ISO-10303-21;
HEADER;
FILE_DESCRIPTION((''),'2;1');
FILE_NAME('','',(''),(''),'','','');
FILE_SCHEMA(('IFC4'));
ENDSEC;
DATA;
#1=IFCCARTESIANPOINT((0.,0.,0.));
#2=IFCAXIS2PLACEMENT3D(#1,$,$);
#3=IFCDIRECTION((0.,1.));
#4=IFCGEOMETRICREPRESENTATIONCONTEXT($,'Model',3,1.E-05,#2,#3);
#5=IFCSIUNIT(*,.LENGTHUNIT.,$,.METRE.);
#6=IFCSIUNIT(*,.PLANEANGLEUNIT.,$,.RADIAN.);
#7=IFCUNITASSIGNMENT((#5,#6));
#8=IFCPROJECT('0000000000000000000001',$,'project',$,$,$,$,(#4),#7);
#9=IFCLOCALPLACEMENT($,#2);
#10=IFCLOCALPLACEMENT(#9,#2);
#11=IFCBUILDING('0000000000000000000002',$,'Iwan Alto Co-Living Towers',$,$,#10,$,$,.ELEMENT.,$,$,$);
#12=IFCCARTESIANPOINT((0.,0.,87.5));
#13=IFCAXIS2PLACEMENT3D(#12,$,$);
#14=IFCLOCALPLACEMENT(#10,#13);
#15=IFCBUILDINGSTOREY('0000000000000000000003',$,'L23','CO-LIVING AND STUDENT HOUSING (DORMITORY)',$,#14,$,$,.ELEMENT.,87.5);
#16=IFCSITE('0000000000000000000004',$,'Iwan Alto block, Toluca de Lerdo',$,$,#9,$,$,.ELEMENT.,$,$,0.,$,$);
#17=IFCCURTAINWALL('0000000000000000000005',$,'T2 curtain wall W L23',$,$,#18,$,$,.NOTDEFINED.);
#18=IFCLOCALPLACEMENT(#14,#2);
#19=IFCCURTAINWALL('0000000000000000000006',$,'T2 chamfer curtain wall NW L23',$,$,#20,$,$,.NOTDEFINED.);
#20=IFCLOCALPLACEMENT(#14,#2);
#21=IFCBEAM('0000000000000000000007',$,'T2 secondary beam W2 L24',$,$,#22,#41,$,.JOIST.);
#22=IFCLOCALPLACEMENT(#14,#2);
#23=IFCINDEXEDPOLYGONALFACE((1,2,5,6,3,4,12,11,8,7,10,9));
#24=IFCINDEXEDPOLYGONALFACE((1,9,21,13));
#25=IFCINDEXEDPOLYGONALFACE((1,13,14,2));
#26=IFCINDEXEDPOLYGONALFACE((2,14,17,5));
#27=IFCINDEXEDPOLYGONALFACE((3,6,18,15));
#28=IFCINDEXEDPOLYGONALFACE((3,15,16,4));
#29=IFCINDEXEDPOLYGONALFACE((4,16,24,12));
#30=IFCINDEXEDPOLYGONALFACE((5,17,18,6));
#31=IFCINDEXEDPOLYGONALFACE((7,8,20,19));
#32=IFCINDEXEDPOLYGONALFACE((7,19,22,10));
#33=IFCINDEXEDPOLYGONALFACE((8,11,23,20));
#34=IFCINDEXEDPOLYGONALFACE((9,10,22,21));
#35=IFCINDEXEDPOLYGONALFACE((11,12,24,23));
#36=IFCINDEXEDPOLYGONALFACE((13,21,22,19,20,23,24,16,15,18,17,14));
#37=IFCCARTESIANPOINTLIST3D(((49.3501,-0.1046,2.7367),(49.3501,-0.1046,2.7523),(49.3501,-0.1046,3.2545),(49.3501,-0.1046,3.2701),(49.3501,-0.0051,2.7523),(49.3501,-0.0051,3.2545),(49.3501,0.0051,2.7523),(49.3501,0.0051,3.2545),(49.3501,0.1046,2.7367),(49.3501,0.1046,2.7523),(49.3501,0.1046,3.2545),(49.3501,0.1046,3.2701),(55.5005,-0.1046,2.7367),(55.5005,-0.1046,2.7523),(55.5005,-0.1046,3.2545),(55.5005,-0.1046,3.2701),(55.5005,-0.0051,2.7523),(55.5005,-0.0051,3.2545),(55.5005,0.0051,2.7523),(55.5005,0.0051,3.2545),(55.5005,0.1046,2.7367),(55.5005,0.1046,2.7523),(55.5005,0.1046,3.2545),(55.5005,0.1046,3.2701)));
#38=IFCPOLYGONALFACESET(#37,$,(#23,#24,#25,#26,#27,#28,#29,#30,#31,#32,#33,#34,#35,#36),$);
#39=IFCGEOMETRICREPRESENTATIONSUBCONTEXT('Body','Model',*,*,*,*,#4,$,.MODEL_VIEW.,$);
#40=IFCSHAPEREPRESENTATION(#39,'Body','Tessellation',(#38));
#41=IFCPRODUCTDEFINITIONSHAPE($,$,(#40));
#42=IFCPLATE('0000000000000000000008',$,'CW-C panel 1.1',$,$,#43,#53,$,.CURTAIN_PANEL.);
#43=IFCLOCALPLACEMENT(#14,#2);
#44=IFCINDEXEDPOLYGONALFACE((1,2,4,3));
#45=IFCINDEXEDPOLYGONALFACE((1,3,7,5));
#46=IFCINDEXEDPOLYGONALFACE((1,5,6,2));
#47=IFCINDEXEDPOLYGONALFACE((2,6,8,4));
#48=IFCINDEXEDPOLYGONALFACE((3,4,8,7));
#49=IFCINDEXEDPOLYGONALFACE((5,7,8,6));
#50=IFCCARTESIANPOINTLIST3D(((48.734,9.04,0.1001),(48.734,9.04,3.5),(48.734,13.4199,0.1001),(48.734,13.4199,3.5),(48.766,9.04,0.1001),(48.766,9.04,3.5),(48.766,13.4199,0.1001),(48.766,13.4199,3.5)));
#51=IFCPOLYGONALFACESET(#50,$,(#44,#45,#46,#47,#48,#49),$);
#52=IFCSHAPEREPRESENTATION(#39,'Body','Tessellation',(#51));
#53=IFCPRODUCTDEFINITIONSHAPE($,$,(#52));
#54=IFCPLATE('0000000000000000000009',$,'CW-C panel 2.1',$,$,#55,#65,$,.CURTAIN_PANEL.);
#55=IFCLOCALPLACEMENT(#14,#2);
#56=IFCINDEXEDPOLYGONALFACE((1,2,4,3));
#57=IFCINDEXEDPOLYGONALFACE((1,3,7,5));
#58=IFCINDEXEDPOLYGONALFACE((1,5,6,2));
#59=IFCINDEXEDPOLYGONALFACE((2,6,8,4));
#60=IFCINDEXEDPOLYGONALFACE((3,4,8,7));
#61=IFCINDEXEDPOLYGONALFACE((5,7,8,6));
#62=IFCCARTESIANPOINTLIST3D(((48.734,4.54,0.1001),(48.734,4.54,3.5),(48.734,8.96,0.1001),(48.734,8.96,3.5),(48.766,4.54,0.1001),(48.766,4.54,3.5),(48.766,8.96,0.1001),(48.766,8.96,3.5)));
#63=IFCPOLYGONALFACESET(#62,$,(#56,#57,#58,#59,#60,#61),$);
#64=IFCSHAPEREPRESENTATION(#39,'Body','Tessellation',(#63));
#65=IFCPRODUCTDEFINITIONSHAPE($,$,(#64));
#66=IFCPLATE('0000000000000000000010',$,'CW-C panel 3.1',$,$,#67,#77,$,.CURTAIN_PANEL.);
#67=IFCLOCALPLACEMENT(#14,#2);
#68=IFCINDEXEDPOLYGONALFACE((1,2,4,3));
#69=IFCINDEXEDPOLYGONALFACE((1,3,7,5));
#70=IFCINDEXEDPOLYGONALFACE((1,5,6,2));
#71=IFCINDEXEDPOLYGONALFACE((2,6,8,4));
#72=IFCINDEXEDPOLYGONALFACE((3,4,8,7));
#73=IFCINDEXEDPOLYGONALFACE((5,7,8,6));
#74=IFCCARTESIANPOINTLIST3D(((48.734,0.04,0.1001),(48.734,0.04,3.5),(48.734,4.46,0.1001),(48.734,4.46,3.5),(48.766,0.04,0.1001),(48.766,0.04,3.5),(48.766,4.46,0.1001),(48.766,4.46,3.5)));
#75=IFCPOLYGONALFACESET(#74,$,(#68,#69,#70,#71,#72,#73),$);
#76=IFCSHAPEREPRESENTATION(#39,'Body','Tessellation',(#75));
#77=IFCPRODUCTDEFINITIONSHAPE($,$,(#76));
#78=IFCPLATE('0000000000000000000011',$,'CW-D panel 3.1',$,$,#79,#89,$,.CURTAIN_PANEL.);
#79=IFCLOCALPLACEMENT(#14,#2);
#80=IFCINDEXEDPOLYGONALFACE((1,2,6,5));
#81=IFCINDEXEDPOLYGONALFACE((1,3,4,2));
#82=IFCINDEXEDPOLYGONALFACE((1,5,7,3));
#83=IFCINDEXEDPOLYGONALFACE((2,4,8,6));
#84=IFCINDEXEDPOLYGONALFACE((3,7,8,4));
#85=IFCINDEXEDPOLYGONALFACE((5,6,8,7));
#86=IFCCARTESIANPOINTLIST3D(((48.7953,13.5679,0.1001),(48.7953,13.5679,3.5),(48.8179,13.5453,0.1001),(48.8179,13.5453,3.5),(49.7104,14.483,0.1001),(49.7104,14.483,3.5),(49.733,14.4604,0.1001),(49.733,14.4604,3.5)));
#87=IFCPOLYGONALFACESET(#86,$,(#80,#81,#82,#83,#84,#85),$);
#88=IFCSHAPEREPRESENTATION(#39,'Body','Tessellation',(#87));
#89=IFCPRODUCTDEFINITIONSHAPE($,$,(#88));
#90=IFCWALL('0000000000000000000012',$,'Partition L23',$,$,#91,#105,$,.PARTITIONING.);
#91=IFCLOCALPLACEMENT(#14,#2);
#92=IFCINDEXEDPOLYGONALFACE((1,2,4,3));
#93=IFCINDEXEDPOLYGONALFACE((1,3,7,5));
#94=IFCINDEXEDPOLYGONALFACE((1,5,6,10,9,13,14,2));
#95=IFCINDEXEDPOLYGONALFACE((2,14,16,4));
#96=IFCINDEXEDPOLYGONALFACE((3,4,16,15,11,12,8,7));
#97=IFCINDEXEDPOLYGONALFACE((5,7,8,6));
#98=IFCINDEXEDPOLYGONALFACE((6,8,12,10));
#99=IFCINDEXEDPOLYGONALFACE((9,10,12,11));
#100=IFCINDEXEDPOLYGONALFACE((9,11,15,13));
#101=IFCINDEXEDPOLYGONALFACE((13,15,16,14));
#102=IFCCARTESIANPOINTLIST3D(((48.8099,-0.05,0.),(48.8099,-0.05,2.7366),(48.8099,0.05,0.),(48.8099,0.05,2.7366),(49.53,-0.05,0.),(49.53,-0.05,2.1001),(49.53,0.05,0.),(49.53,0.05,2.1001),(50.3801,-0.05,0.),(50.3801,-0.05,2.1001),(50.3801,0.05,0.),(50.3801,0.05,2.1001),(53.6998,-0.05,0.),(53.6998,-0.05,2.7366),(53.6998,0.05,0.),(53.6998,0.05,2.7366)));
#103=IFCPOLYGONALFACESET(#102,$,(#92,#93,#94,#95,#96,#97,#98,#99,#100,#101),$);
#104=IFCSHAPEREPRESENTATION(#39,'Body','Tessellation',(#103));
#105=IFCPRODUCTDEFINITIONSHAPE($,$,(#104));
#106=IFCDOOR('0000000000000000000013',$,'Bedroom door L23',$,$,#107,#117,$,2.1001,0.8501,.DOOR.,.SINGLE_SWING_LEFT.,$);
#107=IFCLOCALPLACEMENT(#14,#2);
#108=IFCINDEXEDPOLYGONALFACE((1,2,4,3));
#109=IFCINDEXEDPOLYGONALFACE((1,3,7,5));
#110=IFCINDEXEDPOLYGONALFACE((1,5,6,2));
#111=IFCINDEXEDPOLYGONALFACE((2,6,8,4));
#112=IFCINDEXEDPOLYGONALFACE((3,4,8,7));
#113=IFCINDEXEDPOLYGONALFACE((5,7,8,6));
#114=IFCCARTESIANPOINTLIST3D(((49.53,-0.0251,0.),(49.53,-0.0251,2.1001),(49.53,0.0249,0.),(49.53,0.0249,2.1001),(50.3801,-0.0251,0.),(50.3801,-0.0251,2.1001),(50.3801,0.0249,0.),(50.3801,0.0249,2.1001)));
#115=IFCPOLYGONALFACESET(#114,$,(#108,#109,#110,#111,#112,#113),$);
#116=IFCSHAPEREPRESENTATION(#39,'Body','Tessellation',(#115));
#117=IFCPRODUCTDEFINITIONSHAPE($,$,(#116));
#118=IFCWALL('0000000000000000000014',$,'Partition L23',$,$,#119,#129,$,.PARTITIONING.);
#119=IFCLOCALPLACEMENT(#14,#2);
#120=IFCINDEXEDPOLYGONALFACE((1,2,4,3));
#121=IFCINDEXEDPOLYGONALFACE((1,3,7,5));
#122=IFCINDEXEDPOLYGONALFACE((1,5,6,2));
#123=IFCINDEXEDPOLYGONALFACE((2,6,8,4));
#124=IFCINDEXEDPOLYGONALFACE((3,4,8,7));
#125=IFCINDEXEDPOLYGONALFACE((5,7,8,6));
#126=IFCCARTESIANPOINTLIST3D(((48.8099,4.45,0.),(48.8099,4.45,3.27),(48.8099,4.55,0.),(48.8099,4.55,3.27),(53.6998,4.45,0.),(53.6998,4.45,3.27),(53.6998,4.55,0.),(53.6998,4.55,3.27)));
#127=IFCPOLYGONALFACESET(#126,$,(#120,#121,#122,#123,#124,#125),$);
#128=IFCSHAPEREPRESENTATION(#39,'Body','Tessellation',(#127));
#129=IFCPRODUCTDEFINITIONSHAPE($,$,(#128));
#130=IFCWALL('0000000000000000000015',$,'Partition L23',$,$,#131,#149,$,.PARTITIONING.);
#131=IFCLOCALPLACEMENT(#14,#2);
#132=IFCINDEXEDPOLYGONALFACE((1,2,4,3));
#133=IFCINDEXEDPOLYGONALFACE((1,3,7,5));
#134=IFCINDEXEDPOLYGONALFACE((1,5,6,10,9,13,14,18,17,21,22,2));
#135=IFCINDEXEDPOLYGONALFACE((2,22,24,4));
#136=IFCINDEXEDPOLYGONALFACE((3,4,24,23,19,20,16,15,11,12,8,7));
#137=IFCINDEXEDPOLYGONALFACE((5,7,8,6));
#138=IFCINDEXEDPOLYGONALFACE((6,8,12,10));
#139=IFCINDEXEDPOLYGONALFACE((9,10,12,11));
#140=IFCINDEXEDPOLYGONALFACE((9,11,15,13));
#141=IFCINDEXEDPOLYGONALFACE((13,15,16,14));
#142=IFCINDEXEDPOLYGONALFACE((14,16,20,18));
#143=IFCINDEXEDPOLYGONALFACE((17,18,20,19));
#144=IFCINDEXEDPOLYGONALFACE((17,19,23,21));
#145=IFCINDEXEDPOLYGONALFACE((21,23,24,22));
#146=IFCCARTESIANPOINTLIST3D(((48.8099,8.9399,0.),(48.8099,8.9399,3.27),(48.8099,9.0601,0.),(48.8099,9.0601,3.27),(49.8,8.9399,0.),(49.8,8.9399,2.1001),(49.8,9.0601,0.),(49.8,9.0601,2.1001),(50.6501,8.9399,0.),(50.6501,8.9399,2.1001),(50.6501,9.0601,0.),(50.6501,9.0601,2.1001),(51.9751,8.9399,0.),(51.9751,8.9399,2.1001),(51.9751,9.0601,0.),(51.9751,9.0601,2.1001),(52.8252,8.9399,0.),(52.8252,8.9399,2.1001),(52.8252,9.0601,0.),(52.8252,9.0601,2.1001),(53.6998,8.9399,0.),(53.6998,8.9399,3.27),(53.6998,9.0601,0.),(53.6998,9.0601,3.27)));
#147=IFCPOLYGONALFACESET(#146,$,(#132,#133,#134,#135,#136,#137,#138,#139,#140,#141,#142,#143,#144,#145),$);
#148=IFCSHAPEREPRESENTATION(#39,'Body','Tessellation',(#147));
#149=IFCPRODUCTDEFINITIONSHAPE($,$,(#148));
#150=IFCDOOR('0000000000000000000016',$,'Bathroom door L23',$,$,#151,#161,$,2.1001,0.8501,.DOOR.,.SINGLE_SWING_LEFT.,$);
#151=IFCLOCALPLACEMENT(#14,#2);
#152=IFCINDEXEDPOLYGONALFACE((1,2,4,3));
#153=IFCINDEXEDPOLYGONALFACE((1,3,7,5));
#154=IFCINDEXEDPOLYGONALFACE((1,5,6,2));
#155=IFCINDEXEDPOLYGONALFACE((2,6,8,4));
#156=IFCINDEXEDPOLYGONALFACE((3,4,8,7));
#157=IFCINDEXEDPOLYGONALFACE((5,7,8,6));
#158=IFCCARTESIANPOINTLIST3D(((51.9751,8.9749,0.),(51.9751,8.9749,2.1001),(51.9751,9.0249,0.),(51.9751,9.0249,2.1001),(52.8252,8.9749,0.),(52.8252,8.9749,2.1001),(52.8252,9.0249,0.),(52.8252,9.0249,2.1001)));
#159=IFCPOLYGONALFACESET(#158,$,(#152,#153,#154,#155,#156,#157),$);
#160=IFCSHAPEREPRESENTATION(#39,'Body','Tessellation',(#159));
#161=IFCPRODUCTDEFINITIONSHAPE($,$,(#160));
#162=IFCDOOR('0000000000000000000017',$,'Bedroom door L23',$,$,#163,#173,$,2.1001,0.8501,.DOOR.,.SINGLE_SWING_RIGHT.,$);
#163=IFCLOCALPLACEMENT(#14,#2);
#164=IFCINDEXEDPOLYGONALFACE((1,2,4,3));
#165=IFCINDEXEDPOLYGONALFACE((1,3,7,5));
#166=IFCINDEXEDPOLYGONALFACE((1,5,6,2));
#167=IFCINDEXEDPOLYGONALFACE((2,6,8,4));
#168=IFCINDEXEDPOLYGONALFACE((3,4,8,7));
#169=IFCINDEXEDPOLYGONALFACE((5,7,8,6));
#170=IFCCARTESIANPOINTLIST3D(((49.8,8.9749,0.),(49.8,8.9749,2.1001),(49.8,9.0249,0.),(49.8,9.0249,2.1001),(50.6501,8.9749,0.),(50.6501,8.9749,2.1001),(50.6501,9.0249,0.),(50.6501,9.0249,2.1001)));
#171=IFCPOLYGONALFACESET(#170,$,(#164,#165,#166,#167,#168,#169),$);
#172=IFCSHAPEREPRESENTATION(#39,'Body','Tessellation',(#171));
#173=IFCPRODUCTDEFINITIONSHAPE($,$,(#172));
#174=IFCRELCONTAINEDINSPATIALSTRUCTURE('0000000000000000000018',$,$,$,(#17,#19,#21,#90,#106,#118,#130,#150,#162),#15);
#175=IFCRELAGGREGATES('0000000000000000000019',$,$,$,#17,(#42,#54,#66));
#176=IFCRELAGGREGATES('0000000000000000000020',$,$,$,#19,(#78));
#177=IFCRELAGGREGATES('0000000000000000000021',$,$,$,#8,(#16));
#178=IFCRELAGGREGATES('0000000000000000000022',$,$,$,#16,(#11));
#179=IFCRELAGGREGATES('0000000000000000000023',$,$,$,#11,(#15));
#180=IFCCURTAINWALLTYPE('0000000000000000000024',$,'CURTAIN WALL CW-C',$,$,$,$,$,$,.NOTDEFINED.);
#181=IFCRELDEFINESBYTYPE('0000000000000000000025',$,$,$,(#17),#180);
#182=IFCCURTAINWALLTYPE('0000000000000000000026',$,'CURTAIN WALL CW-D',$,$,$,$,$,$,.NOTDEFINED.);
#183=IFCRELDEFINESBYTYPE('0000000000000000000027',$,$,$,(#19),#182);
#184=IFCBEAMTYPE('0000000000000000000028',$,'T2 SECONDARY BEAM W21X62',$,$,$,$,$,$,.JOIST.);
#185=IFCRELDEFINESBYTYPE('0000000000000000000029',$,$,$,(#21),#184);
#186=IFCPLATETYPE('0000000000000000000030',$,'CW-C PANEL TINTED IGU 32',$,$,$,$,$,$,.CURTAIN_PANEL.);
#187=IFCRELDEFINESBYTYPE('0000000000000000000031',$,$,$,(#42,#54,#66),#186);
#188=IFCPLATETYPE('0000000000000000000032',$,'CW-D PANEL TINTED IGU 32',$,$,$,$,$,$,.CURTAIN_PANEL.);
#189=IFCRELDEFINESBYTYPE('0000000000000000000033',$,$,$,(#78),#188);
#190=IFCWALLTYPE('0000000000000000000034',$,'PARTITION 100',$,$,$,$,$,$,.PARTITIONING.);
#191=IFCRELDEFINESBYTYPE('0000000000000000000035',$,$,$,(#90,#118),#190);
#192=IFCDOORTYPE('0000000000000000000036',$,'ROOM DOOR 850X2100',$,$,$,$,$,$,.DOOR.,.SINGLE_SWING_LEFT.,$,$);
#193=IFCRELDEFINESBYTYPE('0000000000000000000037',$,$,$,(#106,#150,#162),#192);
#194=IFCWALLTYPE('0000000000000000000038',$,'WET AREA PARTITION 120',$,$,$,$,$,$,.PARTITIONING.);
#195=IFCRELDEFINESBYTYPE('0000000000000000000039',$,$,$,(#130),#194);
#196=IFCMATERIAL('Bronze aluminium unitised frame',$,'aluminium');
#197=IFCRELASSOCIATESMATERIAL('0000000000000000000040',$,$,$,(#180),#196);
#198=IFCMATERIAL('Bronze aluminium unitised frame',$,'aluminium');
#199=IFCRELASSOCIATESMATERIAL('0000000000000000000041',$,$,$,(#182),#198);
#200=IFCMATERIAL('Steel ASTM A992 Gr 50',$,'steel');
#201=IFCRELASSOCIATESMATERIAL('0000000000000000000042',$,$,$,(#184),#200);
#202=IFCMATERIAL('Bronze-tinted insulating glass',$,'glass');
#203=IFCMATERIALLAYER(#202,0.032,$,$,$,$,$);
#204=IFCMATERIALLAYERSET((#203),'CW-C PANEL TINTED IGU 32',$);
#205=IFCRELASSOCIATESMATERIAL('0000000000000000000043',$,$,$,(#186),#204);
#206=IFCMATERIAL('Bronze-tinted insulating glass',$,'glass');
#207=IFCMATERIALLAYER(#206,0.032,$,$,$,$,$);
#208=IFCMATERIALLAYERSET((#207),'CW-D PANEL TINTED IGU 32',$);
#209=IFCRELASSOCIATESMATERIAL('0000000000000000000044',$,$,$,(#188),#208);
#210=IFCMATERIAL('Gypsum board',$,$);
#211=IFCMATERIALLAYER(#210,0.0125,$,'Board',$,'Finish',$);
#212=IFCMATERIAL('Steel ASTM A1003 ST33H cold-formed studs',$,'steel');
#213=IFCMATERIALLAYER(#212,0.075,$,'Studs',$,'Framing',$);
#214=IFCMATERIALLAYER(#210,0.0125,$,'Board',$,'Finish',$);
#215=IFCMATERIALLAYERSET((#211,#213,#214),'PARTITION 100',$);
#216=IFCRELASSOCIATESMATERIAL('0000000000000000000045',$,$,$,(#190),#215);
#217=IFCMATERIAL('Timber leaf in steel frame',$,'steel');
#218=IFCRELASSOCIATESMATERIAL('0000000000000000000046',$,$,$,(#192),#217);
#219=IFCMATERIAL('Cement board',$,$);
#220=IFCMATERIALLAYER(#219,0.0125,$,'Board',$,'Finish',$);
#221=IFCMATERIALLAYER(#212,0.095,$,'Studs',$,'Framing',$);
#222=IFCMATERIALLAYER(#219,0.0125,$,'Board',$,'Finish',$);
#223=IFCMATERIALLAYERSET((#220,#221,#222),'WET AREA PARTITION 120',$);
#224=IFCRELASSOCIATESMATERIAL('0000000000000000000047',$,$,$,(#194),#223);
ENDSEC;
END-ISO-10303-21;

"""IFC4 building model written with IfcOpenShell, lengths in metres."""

from ifc_helpers import new_model, si_unit, direction, frame, frame_2d, origin, origin_2d, place, context, subcontext, project, spatial, rectangle, i_section, extrude, material, layer, layer_set, material_profile, profile_set, type_object, element, fill, aggregate, save


model = new_model("IFC4")

# Units and contexts
model_context = context("Model", 3, precision=1e-05, world=origin(), true_north=direction((0.0, 1.0)))
body_context = subcontext(model_context, "Body", "Model", "MODEL_VIEW")
ifc_project = project(units=[si_unit("LENGTHUNIT", "METRE"), si_unit("PLANEANGLEUNIT", "RADIAN")], contexts=[model_context])

# Site, building, storey
site_placement = place(None, origin())
site = spatial("IfcSite", under=ifc_project, at=site_placement, Name="Iwan Alto block, Toluca de Lerdo", CompositionType="ELEMENT", RefElevation=0.0)
building_placement = place(site_placement, origin())
building = spatial("IfcBuilding", under=site, at=building_placement, Name="Iwan Alto Co-Living Towers", CompositionType="ELEMENT")
storey_placement = place(building_placement, frame((0.0, 0.0, 87.5)))
storey = spatial("IfcBuildingStorey", under=building, at=storey_placement, Name="L23", Description="CO-LIVING AND STUDENT HOUSING (DORMITORY)", CompositionType="ELEMENT", Elevation=87.5)

# Curtain wall
ifc_material_1 = material(Name="Bronze aluminium unitised frame", Category="aluminium")
curtain_wall_type_1 = type_object("IfcCurtainWallType", Name="CURTAIN WALL CW-C", PredefinedType="NOTDEFINED", material=ifc_material_1)
curtain_wall_1_placement = place(storey_placement, origin())
curtain_wall_1 = element("IfcCurtainWall", 1, at=curtain_wall_1_placement, inside=storey, type_object=curtain_wall_type_1, Name="T2 curtain wall W L23", PredefinedType="NOTDEFINED")

# Curtain wall
ifc_material_2 = material(Name="Bronze aluminium unitised frame", Category="aluminium")
curtain_wall_type_2 = type_object("IfcCurtainWallType", Name="CURTAIN WALL CW-D", PredefinedType="NOTDEFINED", material=ifc_material_2)
curtain_wall_2_placement = place(storey_placement, origin())
curtain_wall_2 = element("IfcCurtainWall", 2, at=curtain_wall_2_placement, inside=storey, type_object=curtain_wall_type_2, Name="T2 chamfer curtain wall NW L23", PredefinedType="NOTDEFINED")

# Beam
ifc_material_3 = material(Name="Steel ASTM A992 Gr 50", Category="steel")
ifc_material_profile_1 = material_profile(ifc_material_3, i_section(OverallWidth=0.2092, OverallDepth=0.5334, WebThickness=0.0103, FlangeThickness=0.0156, at=origin_2d()), Name="W21X62")
ifc_profile_set_1 = profile_set([ifc_material_profile_1], Name="Steel ASTM A992 Gr 50")
beam_type = type_object("IfcBeamType", Name="T2 SECONDARY BEAM W21X62", PredefinedType="JOIST", material=ifc_profile_set_1)
beam_placement = place(storey_placement, frame((49.3501, 0.0, 3.0034), z_axis=(1.0, 0.0, 0.0), x_axis=(0.0, 1.0, 0.0)))
element("IfcBeam", 3, at=beam_placement, inside=storey, type_object=beam_type, Name="T2 secondary beam W2 L24", PredefinedType="JOIST", context=body_context, shape_type="SweptSolid", body=[
    extrude(i_section(OverallWidth=0.2092, OverallDepth=0.5334, WebThickness=0.0103, FlangeThickness=0.0156, at=origin_2d()), origin(), (0.0, 0.0, 1.0), 6.1504),
])

# Plates
ifc_material_4 = material(Name="Bronze-tinted insulating glass", Category="glass")
ifc_layer_1 = layer(ifc_material_4, 0.032)
ifc_layer_set_1 = layer_set([ifc_layer_1], Name="CW-C PANEL TINTED IGU 32")
plate_type_1 = type_object("IfcPlateType", Name="CW-C PANEL TINTED IGU 32", PredefinedType="CURTAIN_PANEL", material=ifc_layer_set_1)
plate_1_placement = place(storey_placement, frame((48.75, 11.23, 0.1001), z_axis=(0.0, 0.0, 1.0), x_axis=(0.0, -1.0, 0.0)))
plate_1 = element("IfcPlate", 4, at=plate_1_placement, type_object=plate_type_1, Name="CW-C panel 1.1", PredefinedType="CURTAIN_PANEL", context=body_context, shape_type="SweptSolid", body=[
    extrude(rectangle(XDim=4.3799, YDim=0.032, at=origin_2d()), origin(), (0.0, 0.0, 1.0), 3.3999),
])
plate_2_placement = place(storey_placement, frame((48.75, 6.75, 0.1001), z_axis=(0.0, 0.0, 1.0), x_axis=(0.0, -1.0, 0.0)))
plate_2 = element("IfcPlate", 5, at=plate_2_placement, type_object=plate_type_1, Name="CW-C panel 2.1", PredefinedType="CURTAIN_PANEL", context=body_context, shape_type="SweptSolid", body=[
    extrude(rectangle(XDim=4.4199, YDim=0.032, at=origin_2d()), origin(), (0.0, 0.0, 1.0), 3.3999),
])
plate_3_placement = place(storey_placement, frame((48.75, 2.25, 0.1001), z_axis=(0.0, 0.0, 1.0), x_axis=(0.0, -1.0, 0.0)))
plate_3 = element("IfcPlate", 6, at=plate_3_placement, type_object=plate_type_1, Name="CW-C panel 3.1", PredefinedType="CURTAIN_PANEL", context=body_context, shape_type="SweptSolid", body=[
    extrude(rectangle(XDim=4.4199, YDim=0.032, at=origin_2d()), origin(), (0.0, 0.0, 1.0), 3.3999),
])
aggregate(curtain_wall_1, [plate_1, plate_2, plate_3])
ifc_material_5 = material(Name="Bronze-tinted insulating glass", Category="glass")
ifc_layer_2 = layer(ifc_material_5, 0.032)
ifc_layer_set_2 = layer_set([ifc_layer_2], Name="CW-D PANEL TINTED IGU 32")
plate_type_2 = type_object("IfcPlateType", Name="CW-D PANEL TINTED IGU 32", PredefinedType="CURTAIN_PANEL", material=ifc_layer_set_2)
plate_4_placement = place(storey_placement, frame((49.2642, 14.0142, 0.1001), z_axis=(0.0, 0.0, 1.0), x_axis=(-0.707107, -0.707107, 0.0)))
plate_4 = element("IfcPlate", 7, at=plate_4_placement, type_object=plate_type_2, Name="CW-D panel 3.1", PredefinedType="CURTAIN_PANEL", context=body_context, shape_type="SweptSolid", body=[
    extrude(rectangle(XDim=1.2942, YDim=0.032, at=origin_2d()), origin(), (0.0, 0.0, 1.0), 3.3999),
])
aggregate(curtain_wall_2, [plate_4])

# Wall, opening, door
ifc_material_6 = material(Name="Gypsum board")
ifc_layer_3 = layer(ifc_material_6, 0.0125, Name="Board", Category="Finish")
ifc_material_7 = material(Name="Steel ASTM A1003 ST33H cold-formed studs", Category="steel")
ifc_layer_4 = layer(ifc_material_7, 0.075, Name="Studs", Category="Framing")
ifc_layer_5 = layer(ifc_material_6, 0.0125, Name="Board", Category="Finish")
ifc_layer_set_3 = layer_set([ifc_layer_3, ifc_layer_4, ifc_layer_5], Name="PARTITION 100")
wall_type_1 = type_object("IfcWallType", Name="PARTITION 100", PredefinedType="PARTITIONING", material=ifc_layer_set_3)
wall_1_placement = place(storey_placement, frame((48.8101, 0.0, 0.0), z_axis=(0.0, 0.0, 1.0), x_axis=(1.0, 0.0, 0.0)))
wall_1 = element("IfcWall", 8, at=wall_1_placement, inside=storey, type_object=wall_type_1, Name="Partition L23", PredefinedType="PARTITIONING", context=body_context, shape_type="SweptSolid", body=[
    extrude(rectangle(XDim=4.8899, YDim=0.1001, at=frame_2d((2.4448, 0.0))), origin(), (0.0, 0.0, 1.0), 2.7366),
])
opening_1_placement = place(wall_1_placement, frame((0.72, 0.0, 0.0)))
opening_1 = element("IfcOpeningElement", 9, at=opening_1_placement, cuts=wall_1, PredefinedType="OPENING", context=body_context, shape_type="SweptSolid", body=[
    extrude(rectangle(XDim=0.8501, YDim=2.1001, at=frame_2d((0.425, 1.05))), frame((0.0, 0.0601, 0.0), z_axis=(0.0, -1.0, 0.0), x_axis=(1.0, 0.0, 0.0)), (0.0, 0.0, 1.0), 0.1201),
])
ifc_material_8 = material(Name="Timber leaf in steel frame", Category="steel")
door_type = type_object("IfcDoorType", Name="ROOM DOOR 850X2100", OperationType="SINGLE_SWING_LEFT", PredefinedType="DOOR", material=ifc_material_8)
door_1_placement = place(opening_1_placement, origin())
door_1 = element("IfcDoor", 10, at=door_1_placement, inside=storey, type_object=door_type, Name="Bedroom door L23", OperationType="SINGLE_SWING_LEFT", OverallHeight=2.1001, OverallWidth=0.8501, PredefinedType="DOOR", context=body_context, shape_type="SweptSolid", body=[
    extrude(rectangle(XDim=0.8501, YDim=2.1001, at=frame_2d((0.425, 1.05))), frame((0.0, 0.0249, 0.0), z_axis=(0.0, -1.0, 0.0), x_axis=(1.0, 0.0, 0.0)), (0.0, 0.0, 1.0), 0.05),
])
fill(opening_1, door_1)

# Wall
wall_2_placement = place(storey_placement, frame((48.8101, 4.5, 0.0), z_axis=(0.0, 0.0, 1.0), x_axis=(1.0, 0.0, 0.0)))
element("IfcWall", 11, at=wall_2_placement, inside=storey, type_object=wall_type_1, Name="Partition L23", PredefinedType="PARTITIONING", context=body_context, shape_type="SweptSolid", body=[
    extrude(rectangle(XDim=4.8899, YDim=0.1001, at=frame_2d((2.4448, 0.0))), origin(), (0.0, 0.0, 1.0), 3.27),
])

# Wall, openings, doors
ifc_material_9 = material(Name="Cement board")
ifc_layer_6 = layer(ifc_material_9, 0.0125, Name="Board", Category="Finish")
ifc_layer_7 = layer(ifc_material_7, 0.095, Name="Studs", Category="Framing")
ifc_layer_8 = layer(ifc_material_9, 0.0125, Name="Board", Category="Finish")
ifc_layer_set_4 = layer_set([ifc_layer_6, ifc_layer_7, ifc_layer_8], Name="WET AREA PARTITION 120")
wall_type_2 = type_object("IfcWallType", Name="WET AREA PARTITION 120", PredefinedType="PARTITIONING", material=ifc_layer_set_4)
wall_3_placement = place(storey_placement, frame((48.8101, 9.0, 0.0), z_axis=(0.0, 0.0, 1.0), x_axis=(1.0, 0.0, 0.0)))
wall_3 = element("IfcWall", 12, at=wall_3_placement, inside=storey, type_object=wall_type_2, Name="Partition L23", PredefinedType="PARTITIONING", context=body_context, shape_type="SweptSolid", body=[
    extrude(rectangle(XDim=4.8899, YDim=0.1201, at=frame_2d((2.4448, 0.0))), origin(), (0.0, 0.0, 1.0), 3.27),
])
opening_2_placement = place(wall_3_placement, frame((3.165, 0.0, 0.0)))
opening_2 = element("IfcOpeningElement", 13, at=opening_2_placement, cuts=wall_3, PredefinedType="OPENING", context=body_context, shape_type="SweptSolid", body=[
    extrude(rectangle(XDim=0.8501, YDim=2.1001, at=frame_2d((0.425, 1.05))), frame((0.0, 0.0701, 0.0), z_axis=(0.0, -1.0, 0.0), x_axis=(1.0, 0.0, 0.0)), (0.0, 0.0, 1.0), 0.1401),
])
opening_3_placement = place(wall_3_placement, frame((0.99, 0.0, 0.0)))
opening_3 = element("IfcOpeningElement", 14, at=opening_3_placement, cuts=wall_3, PredefinedType="OPENING", context=body_context, shape_type="SweptSolid", body=[
    extrude(rectangle(XDim=0.8501, YDim=2.1001, at=frame_2d((0.425, 1.05))), frame((0.0, 0.0701, 0.0), z_axis=(0.0, -1.0, 0.0), x_axis=(1.0, 0.0, 0.0)), (0.0, 0.0, 1.0), 0.1401),
])
door_2_placement = place(opening_2_placement, origin())
door_2 = element("IfcDoor", 15, at=door_2_placement, inside=storey, type_object=door_type, Name="Bathroom door L23", OperationType="SINGLE_SWING_LEFT", OverallHeight=2.1001, OverallWidth=0.8501, PredefinedType="DOOR", context=body_context, shape_type="SweptSolid", body=[
    extrude(rectangle(XDim=0.8501, YDim=2.1001, at=frame_2d((0.425, 1.05))), frame((0.0, 0.0249, 0.0), z_axis=(0.0, -1.0, 0.0), x_axis=(1.0, 0.0, 0.0)), (0.0, 0.0, 1.0), 0.05),
])
fill(opening_2, door_2)
door_3_placement = place(opening_3_placement, origin())
door_3 = element("IfcDoor", 16, at=door_3_placement, inside=storey, type_object=door_type, Name="Bedroom door L23", OperationType="SINGLE_SWING_RIGHT", OverallHeight=2.1001, OverallWidth=0.8501, PredefinedType="DOOR", context=body_context, shape_type="SweptSolid", body=[
    extrude(rectangle(XDim=0.8501, YDim=2.1001, at=frame_2d((0.425, 1.05))), frame((0.0, 0.0249, 0.0), z_axis=(0.0, -1.0, 0.0), x_axis=(1.0, 0.0, 0.0)), (0.0, 0.0, 1.0), 0.05),
])
fill(opening_3, door_3)

save(model, "model.ifc")
